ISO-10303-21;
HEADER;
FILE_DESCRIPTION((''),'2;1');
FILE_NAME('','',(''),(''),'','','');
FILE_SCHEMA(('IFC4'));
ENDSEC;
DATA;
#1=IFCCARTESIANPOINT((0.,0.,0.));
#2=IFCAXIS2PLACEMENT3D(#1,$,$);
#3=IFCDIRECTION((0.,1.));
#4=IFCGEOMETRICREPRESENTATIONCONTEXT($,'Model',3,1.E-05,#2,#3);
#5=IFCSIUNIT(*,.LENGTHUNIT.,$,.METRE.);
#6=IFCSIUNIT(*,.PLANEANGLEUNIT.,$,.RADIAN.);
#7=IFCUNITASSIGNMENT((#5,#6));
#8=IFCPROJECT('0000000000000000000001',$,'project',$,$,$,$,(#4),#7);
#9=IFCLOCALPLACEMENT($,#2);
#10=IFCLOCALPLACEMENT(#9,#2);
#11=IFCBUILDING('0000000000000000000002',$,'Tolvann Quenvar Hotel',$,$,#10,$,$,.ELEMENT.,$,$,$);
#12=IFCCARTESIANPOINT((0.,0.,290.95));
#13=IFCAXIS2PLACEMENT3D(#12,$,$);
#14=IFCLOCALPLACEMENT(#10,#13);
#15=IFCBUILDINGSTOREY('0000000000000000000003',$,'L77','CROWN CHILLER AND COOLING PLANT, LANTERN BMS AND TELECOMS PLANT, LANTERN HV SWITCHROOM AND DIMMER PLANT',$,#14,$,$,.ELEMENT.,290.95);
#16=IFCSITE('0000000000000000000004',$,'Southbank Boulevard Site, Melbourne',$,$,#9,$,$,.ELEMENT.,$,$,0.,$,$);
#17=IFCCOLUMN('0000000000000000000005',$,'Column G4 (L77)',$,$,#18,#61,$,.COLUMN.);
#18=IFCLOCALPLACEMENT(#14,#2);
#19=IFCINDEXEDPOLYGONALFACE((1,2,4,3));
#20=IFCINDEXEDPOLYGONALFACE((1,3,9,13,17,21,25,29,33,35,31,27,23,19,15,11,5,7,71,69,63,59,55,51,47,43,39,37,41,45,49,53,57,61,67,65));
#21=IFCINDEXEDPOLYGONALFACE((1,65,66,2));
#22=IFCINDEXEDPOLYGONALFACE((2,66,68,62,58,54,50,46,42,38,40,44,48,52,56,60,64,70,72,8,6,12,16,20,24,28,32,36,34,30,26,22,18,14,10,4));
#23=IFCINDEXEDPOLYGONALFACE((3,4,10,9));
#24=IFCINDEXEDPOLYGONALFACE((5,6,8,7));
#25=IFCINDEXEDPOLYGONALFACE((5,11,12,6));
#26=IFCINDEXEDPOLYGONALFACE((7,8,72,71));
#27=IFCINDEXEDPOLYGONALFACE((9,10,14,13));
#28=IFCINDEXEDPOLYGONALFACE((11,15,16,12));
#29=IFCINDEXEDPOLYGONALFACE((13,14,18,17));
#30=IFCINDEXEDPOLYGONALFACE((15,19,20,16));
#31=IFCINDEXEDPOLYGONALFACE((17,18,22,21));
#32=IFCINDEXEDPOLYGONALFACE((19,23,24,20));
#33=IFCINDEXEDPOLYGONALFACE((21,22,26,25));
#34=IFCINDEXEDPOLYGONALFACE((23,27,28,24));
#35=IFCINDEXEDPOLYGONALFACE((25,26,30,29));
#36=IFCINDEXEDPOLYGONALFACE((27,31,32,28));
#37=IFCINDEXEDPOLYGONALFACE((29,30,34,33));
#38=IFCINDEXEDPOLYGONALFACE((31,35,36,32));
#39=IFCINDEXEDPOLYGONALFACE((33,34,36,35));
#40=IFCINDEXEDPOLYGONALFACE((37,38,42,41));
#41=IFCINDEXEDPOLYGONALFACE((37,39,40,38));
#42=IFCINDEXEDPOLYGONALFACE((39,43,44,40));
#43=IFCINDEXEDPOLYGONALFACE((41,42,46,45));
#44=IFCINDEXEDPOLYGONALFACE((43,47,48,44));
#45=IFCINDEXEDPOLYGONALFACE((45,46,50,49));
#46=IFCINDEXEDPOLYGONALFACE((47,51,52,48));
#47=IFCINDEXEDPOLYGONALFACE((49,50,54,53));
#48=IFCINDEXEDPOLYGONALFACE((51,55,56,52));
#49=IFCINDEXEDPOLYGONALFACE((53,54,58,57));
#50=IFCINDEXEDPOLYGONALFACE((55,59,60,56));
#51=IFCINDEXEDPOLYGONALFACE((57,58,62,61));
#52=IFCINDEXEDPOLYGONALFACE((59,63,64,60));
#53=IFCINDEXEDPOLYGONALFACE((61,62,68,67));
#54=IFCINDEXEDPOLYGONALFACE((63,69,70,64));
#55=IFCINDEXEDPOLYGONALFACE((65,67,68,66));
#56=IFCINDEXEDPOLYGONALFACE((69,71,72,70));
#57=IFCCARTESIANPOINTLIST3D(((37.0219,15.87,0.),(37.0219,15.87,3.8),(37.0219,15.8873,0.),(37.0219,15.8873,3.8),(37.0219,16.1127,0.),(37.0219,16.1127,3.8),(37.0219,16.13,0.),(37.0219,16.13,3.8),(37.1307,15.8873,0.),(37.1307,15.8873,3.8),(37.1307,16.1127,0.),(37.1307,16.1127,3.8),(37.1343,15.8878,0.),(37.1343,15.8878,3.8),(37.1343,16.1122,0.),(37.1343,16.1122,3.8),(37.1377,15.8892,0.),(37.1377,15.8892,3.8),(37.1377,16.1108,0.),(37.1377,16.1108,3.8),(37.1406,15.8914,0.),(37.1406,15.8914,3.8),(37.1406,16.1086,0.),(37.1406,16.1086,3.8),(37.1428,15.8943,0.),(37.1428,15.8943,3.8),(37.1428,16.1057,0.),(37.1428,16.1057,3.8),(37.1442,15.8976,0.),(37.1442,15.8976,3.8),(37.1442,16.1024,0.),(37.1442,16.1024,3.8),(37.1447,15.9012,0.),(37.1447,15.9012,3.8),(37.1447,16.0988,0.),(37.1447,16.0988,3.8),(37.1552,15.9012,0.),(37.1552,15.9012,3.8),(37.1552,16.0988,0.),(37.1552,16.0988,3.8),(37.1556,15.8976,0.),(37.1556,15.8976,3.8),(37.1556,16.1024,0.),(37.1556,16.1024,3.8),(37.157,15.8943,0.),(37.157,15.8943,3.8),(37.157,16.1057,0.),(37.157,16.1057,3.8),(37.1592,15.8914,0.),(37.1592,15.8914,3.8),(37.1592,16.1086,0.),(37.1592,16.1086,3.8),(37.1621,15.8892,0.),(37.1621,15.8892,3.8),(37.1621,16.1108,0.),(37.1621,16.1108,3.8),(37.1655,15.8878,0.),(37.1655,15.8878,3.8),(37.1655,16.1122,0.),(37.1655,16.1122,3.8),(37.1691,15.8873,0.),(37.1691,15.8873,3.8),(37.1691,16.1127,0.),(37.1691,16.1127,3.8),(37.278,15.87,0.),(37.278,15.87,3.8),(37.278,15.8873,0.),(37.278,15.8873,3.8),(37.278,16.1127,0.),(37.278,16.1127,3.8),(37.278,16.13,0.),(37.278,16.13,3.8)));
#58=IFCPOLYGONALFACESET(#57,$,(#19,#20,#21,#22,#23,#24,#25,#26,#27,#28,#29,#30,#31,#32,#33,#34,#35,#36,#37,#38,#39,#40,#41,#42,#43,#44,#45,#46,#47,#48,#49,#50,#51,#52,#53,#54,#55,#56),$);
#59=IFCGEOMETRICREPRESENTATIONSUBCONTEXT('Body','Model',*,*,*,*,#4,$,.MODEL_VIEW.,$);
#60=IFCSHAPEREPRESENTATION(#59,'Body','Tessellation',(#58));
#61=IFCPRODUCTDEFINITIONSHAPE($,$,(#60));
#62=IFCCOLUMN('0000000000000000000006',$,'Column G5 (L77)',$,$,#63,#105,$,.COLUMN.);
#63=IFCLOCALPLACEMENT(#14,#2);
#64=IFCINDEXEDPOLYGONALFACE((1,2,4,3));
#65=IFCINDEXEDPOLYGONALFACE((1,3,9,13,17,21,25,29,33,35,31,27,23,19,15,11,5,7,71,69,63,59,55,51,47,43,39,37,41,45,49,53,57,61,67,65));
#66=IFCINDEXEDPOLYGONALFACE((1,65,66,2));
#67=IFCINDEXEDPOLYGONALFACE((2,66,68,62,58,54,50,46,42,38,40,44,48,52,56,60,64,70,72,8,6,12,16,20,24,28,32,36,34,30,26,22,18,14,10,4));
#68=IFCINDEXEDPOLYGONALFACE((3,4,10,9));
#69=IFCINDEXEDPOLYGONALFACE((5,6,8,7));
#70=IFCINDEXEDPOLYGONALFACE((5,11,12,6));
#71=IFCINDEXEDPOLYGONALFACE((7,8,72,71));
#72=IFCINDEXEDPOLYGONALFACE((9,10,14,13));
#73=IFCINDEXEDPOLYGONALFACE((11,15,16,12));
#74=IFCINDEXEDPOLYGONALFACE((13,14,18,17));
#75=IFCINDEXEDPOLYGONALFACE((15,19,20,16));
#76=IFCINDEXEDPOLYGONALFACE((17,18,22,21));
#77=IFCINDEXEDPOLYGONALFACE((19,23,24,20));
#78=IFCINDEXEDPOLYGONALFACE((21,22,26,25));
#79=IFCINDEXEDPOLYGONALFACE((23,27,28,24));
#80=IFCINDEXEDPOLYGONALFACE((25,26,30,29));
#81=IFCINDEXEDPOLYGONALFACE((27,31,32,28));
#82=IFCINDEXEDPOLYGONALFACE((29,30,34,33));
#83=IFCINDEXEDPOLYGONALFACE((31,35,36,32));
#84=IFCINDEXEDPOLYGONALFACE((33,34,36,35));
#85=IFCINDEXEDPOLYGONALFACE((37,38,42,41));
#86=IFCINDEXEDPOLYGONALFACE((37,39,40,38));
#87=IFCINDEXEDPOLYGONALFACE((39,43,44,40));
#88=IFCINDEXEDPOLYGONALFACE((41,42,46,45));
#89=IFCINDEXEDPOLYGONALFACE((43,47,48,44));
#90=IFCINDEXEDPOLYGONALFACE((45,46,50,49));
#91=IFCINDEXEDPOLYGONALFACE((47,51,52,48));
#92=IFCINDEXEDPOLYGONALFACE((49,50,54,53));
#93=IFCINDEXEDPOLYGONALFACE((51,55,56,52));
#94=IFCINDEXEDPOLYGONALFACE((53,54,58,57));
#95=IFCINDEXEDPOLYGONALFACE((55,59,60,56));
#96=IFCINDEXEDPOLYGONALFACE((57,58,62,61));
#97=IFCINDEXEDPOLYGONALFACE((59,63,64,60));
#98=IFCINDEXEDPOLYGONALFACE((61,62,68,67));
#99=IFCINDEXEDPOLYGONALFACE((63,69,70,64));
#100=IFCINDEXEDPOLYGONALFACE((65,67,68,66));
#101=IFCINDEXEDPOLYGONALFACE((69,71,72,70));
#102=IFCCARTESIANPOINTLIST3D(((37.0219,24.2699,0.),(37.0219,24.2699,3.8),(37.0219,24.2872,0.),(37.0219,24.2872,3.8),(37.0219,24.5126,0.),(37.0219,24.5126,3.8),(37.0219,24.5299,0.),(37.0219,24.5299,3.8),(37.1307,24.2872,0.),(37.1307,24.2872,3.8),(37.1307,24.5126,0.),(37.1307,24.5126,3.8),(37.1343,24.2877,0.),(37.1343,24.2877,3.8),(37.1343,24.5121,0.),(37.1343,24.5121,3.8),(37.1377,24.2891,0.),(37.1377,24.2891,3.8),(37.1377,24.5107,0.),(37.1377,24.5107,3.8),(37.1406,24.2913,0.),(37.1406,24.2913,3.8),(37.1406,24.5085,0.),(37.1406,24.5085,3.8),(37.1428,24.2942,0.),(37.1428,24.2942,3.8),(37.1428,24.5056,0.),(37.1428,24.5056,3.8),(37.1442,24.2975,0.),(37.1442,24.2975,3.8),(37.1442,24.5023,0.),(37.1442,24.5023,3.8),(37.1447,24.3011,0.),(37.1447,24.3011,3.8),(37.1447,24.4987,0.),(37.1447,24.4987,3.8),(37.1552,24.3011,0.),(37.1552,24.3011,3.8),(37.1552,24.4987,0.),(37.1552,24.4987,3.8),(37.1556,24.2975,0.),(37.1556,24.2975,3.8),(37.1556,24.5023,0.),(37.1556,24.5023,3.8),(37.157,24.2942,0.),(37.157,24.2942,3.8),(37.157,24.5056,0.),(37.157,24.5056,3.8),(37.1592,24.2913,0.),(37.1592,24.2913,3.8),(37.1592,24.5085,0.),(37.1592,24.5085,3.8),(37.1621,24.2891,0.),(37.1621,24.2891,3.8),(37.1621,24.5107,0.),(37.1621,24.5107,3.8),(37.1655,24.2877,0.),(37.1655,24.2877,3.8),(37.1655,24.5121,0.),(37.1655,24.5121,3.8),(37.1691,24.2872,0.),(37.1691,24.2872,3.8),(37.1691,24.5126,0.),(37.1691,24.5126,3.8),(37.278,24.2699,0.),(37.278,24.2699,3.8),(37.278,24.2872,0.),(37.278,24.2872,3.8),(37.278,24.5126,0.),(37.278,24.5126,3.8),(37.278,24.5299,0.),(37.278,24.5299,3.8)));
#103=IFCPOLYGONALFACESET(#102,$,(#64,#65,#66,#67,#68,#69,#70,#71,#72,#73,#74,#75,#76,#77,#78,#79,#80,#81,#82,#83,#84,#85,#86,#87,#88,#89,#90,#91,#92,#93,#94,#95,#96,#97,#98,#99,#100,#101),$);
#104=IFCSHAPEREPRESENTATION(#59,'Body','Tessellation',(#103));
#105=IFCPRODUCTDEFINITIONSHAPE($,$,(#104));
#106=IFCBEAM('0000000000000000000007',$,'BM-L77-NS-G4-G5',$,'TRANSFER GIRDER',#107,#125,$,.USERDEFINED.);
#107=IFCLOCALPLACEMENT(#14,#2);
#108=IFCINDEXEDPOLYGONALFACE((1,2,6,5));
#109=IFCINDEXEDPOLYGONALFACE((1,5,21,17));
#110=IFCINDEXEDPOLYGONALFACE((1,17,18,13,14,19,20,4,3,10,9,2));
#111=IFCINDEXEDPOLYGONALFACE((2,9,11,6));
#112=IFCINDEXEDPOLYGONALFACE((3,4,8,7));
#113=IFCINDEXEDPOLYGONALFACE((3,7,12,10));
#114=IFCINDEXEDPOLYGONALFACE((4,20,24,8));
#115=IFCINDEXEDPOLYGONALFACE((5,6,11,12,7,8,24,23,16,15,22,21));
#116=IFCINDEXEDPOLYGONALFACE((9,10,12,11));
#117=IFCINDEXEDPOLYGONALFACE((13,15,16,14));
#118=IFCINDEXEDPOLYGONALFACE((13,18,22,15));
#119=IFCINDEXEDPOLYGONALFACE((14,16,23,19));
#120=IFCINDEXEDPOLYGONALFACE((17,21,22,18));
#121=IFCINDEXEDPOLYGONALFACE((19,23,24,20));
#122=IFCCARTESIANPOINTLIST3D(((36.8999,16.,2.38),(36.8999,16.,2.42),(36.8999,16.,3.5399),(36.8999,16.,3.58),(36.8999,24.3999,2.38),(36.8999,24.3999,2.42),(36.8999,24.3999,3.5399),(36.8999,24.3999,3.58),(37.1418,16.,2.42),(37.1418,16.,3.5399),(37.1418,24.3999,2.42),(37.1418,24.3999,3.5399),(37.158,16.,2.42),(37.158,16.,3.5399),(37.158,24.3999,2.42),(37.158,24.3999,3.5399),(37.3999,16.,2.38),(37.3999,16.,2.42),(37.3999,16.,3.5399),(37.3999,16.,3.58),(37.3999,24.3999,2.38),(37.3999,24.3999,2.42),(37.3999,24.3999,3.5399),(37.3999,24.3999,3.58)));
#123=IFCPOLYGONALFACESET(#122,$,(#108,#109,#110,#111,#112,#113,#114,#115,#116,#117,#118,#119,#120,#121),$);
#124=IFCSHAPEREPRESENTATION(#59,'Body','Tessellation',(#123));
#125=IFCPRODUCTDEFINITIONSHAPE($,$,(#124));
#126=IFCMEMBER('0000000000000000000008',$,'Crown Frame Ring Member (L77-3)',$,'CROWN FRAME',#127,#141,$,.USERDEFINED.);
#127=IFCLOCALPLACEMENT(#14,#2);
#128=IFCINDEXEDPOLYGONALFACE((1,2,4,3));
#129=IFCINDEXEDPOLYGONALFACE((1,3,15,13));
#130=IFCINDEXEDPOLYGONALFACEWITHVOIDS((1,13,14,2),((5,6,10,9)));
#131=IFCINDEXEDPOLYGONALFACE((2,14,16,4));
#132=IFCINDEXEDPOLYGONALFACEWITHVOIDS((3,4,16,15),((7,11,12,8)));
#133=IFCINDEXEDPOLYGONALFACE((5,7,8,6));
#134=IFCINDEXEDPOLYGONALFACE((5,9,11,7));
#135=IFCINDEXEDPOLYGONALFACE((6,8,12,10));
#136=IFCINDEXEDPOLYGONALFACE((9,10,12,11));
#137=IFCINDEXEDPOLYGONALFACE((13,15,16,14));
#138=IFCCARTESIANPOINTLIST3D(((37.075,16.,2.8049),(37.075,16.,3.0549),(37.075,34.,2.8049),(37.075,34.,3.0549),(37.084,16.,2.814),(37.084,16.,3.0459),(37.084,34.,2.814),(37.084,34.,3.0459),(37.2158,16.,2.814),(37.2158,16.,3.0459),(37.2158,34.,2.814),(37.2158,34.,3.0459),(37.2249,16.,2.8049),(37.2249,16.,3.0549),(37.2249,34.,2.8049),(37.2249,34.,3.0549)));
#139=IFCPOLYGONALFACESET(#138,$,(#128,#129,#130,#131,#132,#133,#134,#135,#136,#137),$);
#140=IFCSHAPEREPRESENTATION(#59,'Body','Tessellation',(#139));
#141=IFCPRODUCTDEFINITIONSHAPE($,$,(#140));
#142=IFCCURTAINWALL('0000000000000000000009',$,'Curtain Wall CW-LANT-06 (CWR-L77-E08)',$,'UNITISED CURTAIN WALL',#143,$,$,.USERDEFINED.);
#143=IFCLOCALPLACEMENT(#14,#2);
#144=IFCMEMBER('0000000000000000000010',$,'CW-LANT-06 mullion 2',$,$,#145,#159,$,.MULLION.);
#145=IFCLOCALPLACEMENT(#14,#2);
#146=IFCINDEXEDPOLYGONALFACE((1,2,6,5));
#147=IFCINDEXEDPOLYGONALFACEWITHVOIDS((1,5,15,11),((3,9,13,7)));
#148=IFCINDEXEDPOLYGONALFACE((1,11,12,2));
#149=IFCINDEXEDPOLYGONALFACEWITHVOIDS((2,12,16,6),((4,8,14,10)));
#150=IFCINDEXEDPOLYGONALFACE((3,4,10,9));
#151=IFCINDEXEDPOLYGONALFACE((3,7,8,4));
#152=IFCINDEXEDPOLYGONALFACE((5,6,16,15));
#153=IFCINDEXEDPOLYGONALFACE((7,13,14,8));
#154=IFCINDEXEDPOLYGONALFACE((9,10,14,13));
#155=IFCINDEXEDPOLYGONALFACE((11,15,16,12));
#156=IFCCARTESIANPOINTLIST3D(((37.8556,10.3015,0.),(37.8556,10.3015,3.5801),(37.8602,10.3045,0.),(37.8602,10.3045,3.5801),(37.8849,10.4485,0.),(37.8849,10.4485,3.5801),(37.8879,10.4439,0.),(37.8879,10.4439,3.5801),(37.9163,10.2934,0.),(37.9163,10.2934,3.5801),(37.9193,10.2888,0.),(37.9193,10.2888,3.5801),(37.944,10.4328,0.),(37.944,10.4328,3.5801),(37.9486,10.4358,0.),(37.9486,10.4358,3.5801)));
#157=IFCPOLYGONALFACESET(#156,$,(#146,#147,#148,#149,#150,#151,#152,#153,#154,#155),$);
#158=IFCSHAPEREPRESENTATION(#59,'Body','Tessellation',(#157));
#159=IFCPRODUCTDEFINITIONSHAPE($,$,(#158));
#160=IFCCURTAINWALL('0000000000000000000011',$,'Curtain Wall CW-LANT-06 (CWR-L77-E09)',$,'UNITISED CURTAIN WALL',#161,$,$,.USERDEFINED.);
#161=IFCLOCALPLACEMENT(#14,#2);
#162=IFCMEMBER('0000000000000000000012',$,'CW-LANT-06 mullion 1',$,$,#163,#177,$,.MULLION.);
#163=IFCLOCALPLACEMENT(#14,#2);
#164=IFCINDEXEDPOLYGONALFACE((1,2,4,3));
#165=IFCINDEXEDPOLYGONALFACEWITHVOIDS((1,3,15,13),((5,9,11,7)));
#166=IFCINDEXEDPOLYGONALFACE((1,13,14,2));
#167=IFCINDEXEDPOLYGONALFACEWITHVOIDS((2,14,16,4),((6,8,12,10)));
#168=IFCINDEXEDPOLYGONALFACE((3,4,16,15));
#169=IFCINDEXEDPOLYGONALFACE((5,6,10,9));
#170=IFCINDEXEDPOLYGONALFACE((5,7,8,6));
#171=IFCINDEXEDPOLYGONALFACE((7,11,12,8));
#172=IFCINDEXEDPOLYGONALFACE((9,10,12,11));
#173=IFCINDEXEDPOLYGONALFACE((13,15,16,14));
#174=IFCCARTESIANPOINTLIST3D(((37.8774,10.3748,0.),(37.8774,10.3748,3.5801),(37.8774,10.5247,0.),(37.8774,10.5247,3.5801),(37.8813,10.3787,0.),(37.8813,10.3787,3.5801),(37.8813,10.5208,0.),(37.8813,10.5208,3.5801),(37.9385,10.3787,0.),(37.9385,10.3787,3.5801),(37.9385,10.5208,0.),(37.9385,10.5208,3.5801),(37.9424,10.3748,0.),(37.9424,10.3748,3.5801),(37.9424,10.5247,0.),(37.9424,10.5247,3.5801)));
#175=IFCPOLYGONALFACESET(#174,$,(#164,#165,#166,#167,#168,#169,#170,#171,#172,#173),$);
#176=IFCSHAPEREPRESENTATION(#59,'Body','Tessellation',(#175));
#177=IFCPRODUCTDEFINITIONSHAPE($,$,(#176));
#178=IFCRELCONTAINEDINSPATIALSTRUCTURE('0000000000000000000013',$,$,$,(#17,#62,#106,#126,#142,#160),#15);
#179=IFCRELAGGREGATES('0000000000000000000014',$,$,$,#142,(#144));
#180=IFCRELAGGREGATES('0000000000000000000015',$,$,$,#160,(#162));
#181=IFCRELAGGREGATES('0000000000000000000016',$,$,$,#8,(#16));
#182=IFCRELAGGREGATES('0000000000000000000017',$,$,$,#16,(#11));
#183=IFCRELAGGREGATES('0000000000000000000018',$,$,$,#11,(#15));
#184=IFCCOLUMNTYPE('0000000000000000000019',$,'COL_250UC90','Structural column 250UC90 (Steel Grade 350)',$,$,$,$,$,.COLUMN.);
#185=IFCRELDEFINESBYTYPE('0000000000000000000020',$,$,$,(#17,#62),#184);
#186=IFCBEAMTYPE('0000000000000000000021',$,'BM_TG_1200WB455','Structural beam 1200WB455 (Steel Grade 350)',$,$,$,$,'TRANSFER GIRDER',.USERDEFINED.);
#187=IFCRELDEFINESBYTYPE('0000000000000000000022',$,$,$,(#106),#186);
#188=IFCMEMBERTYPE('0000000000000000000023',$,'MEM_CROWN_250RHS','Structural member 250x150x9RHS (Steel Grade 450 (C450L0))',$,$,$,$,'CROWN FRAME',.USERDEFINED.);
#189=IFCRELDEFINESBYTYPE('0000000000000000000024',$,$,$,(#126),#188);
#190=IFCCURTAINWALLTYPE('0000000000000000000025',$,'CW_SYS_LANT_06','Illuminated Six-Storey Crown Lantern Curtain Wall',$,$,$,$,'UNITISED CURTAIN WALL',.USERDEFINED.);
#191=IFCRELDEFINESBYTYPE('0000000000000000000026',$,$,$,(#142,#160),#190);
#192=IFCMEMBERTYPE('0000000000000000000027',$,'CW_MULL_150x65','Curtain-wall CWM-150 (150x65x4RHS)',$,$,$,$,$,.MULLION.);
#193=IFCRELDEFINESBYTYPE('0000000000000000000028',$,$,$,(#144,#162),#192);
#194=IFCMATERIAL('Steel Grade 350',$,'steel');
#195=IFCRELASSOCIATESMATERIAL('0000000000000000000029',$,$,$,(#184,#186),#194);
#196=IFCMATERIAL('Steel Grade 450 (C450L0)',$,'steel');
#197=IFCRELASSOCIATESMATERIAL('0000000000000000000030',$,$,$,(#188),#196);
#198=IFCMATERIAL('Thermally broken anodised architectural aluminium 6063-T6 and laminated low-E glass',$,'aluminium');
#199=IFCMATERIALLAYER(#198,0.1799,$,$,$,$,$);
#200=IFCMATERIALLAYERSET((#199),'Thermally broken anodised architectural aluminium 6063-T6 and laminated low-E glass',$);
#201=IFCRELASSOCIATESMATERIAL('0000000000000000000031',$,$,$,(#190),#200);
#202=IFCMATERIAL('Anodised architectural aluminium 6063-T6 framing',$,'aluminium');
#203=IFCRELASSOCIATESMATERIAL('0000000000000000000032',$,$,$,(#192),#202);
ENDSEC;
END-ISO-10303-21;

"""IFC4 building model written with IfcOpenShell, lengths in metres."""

from ifc_helpers import new_model, si_unit, direction, frame, origin, origin_2d, place, context, subcontext, project, spatial, hollow_rectangle, i_section, extrude, source, transform, mapped, material, layer, layer_set, material_profile, profile_set, type_object, type_shapes, element, aggregate, save


model = new_model("IFC4")

# Units and contexts
model_context = context("Model", 3, precision=1e-05, world=origin(), true_north=direction((0.0, 1.0)))
body_context = subcontext(model_context, "Body", "Model", "MODEL_VIEW")
ifc_project = project(units=[si_unit("LENGTHUNIT", "METRE"), si_unit("PLANEANGLEUNIT", "RADIAN")], contexts=[model_context])

# Site, building, storey
site_placement = place(None, origin())
site = spatial("IfcSite", under=ifc_project, at=site_placement, Name="Southbank Boulevard Site, Melbourne", CompositionType="ELEMENT", RefElevation=0.0)
building_placement = place(site_placement, origin())
building = spatial("IfcBuilding", under=site, at=building_placement, Name="Tolvann Quenvar Hotel", CompositionType="ELEMENT")
storey_placement = place(building_placement, frame((0.0, 0.0, 290.95)))
storey = spatial("IfcBuildingStorey", under=building, at=storey_placement, Name="L77", Description="CROWN CHILLER AND COOLING PLANT, LANTERN BMS AND TELECOMS PLANT, LANTERN HV SWITCHROOM AND DIMMER PLANT", CompositionType="ELEMENT", Elevation=290.95)

# Columns
ifc_material_1 = material(Name="Steel Grade 350", Category="steel")
ifc_material_profile_1 = material_profile(ifc_material_1, i_section(OverallWidth=0.2561, OverallDepth=0.26, WebThickness=0.0105, FlangeThickness=0.0173, FilletRadius=0.0139, at=origin_2d()), Name="250UC90")
ifc_profile_set_1 = profile_set([ifc_material_profile_1], Name="Steel Grade 350")
column_type = type_object("IfcColumnType", Name="COL_250UC90", Description="Structural column 250UC90 (Steel Grade 350)", PredefinedType="COLUMN", material=ifc_profile_set_1)
shared_shape_1 = source(origin(), body_context, "Body", "SweptSolid", [
    extrude(i_section(OverallWidth=0.2561, OverallDepth=0.26, WebThickness=0.0105, FlangeThickness=0.0173, FilletRadius=0.0139, at=origin_2d()), origin(), (0.0, 0.0, 1.0), 3.8),
])
type_shapes(column_type, [shared_shape_1])
for number, where, z_axis, x_axis, name in (
    (1, (37.1499, 16.0, 0.0), (0.0, 0.0, 1.0), (1.0, 0.0, 0.0), "Column G4 (L77)"),
    (2, (37.1499, 24.3999, 0.0), (0.0, 0.0, 1.0), (1.0, 0.0, 0.0), "Column G5 (L77)"),
):
    element("IfcColumn", number, at=place(storey_placement, frame(where, z_axis=z_axis, x_axis=x_axis)), inside=storey, type_object=column_type, Name=name, PredefinedType="COLUMN", context=body_context, shape_type="MappedRepresentation", body=[
        mapped(shared_shape_1, transform((0.0, 0.0, 0.0), x_axis=(1.0, 0.0, 0.0), y_axis=(0.0, 1.0, 0.0), z_axis=(0.0, 0.0, 1.0), scale=1.0)),
    ])

# Beam
ifc_material_profile_2 = material_profile(ifc_material_1, i_section(OverallWidth=0.5, OverallDepth=1.2, WebThickness=0.0161, FlangeThickness=0.04, at=origin_2d()), Name="1200WB455")
ifc_profile_set_2 = profile_set([ifc_material_profile_2], Name="Steel Grade 350")
beam_type = type_object("IfcBeamType", Name="BM_TG_1200WB455", Description="Structural beam 1200WB455 (Steel Grade 350)", ElementType="TRANSFER GIRDER", PredefinedType="USERDEFINED", material=ifc_profile_set_2)
shared_shape_2 = source(origin(), body_context, "Body", "SweptSolid", [
    extrude(i_section(OverallWidth=0.5, OverallDepth=1.2, WebThickness=0.0161, FlangeThickness=0.04, at=origin_2d()), origin(), (0.0, 0.0, 1.0), 8.3999),
])
type_shapes(beam_type, [shared_shape_2])
beam_placement = place(storey_placement, frame((37.1499, 16.0, 2.98), z_axis=(0.0, 1.0, 0.0), x_axis=(-1.0, 0.0, 0.0)))
element("IfcBeam", 3, at=beam_placement, inside=storey, type_object=beam_type, Name="BM-L77-NS-G4-G5", ObjectType="TRANSFER GIRDER", PredefinedType="USERDEFINED", context=body_context, shape_type="MappedRepresentation", body=[
    mapped(shared_shape_2, transform((0.0, 0.0, 0.0), x_axis=(1.0, 0.0, 0.0), y_axis=(0.0, 1.0, 0.0), z_axis=(0.0, 0.0, 1.0), scale=1.0)),
])

# Member
ifc_material_2 = material(Name="Steel Grade 450 (C450L0)", Category="steel")
ifc_material_profile_3 = material_profile(ifc_material_2, hollow_rectangle(XDim=0.1499, YDim=0.25, WallThickness=0.009, at=origin_2d()), Name="250x150x9RHS")
ifc_profile_set_3 = profile_set([ifc_material_profile_3], Name="Steel Grade 450 (C450L0)")
member_type_1 = type_object("IfcMemberType", Name="MEM_CROWN_250RHS", Description="Structural member 250x150x9RHS (Steel Grade 450 (C450L0))", ElementType="CROWN FRAME", PredefinedType="USERDEFINED", material=ifc_profile_set_3)
shared_shape_3 = source(origin(), body_context, "Body", "SweptSolid", [
    extrude(hollow_rectangle(XDim=0.1499, YDim=0.25, WallThickness=0.009, at=origin_2d()), origin(), (0.0, 0.0, 1.0), 18.0),
])
type_shapes(member_type_1, [shared_shape_3])
member_1_placement = place(storey_placement, frame((37.1499, 16.0, 2.9299), z_axis=(0.0, 1.0, 0.0), x_axis=(-1.0, 0.0, 0.0)))
element("IfcMember", 4, at=member_1_placement, inside=storey, type_object=member_type_1, Name="Crown Frame Ring Member (L77-3)", ObjectType="CROWN FRAME", PredefinedType="USERDEFINED", context=body_context, shape_type="MappedRepresentation", body=[
    mapped(shared_shape_3, transform((0.0, 0.0, 0.0), x_axis=(1.0, 0.0, 0.0), y_axis=(0.0, 1.0, 0.0), z_axis=(0.0, 0.0, 1.0), scale=1.0)),
])

# Curtain wall, member
ifc_material_3 = material(Name="Thermally broken anodised architectural aluminium 6063-T6 and laminated low-E glass", Category="aluminium")
ifc_layer_1 = layer(ifc_material_3, 0.1799)
ifc_layer_set_1 = layer_set([ifc_layer_1], Name="Thermally broken anodised architectural aluminium 6063-T6 and laminated low-E glass")
curtain_wall_type = type_object("IfcCurtainWallType", Name="CW_SYS_LANT_06", Description="Illuminated Six-Storey Crown Lantern Curtain Wall", ElementType="UNITISED CURTAIN WALL", PredefinedType="USERDEFINED", material=ifc_layer_set_1)
curtain_wall_1_placement = place(storey_placement, origin())
curtain_wall_1 = element("IfcCurtainWall", 5, at=curtain_wall_1_placement, inside=storey, type_object=curtain_wall_type, Name="Curtain Wall CW-LANT-06 (CWR-L77-E08)", ObjectType="UNITISED CURTAIN WALL", PredefinedType="USERDEFINED")
ifc_material_4 = material(Name="Anodised architectural aluminium 6063-T6 framing", Category="aluminium")
ifc_material_profile_4 = material_profile(ifc_material_4, hollow_rectangle(XDim=0.0649, YDim=0.1499, WallThickness=0.0039, at=origin_2d()), Name="150x65x4RHS")
ifc_profile_set_4 = profile_set([ifc_material_profile_4], Name="Anodised architectural aluminium 6063-T6 framing")
member_type_2 = type_object("IfcMemberType", Name="CW_MULL_150x65", Description="Curtain-wall CWM-150 (150x65x4RHS)", PredefinedType="MULLION", material=ifc_profile_set_4)
shared_shape_4 = source(origin(), body_context, "Body", "SweptSolid", [
    extrude(hollow_rectangle(XDim=0.0649, YDim=0.1499, WallThickness=0.0039, at=origin_2d()), origin(), (0.0, 0.0, 1.0), 3.5801),
])
type_shapes(member_type_2, [shared_shape_4])
member_2_placement = place(storey_placement, frame((37.9021, 10.3687, 0.0), z_axis=(0.0, 0.0, 1.0), x_axis=(-0.980791, 0.195062, 0.0)))
member_2 = element("IfcMember", 6, at=member_2_placement, type_object=member_type_2, Name="CW-LANT-06 mullion 2", PredefinedType="MULLION", context=body_context, shape_type="MappedRepresentation", body=[
    mapped(shared_shape_4, transform((0.0, 0.0, 0.0), x_axis=(1.0, 0.0, 0.0), y_axis=(0.0, 1.0, 0.0), z_axis=(0.0, 0.0, 1.0), scale=1.0)),
])

# Curtain wall, member
curtain_wall_2_placement = place(storey_placement, origin())
curtain_wall_2 = element("IfcCurtainWall", 7, at=curtain_wall_2_placement, inside=storey, type_object=curtain_wall_type, Name="Curtain Wall CW-LANT-06 (CWR-L77-E09)", ObjectType="UNITISED CURTAIN WALL", PredefinedType="USERDEFINED")
member_3_placement = place(storey_placement, frame((37.9099, 10.4497, 0.0), z_axis=(0.0, 0.0, 1.0), x_axis=(-1.0, 0.0, 0.0)))
member_3 = element("IfcMember", 8, at=member_3_placement, type_object=member_type_2, Name="CW-LANT-06 mullion 1", PredefinedType="MULLION", context=body_context, shape_type="MappedRepresentation", body=[
    mapped(shared_shape_4, transform((0.0, 0.0, 0.0), x_axis=(1.0, 0.0, 0.0), y_axis=(0.0, 1.0, 0.0), z_axis=(0.0, 0.0, 1.0), scale=1.0)),
])

aggregate(curtain_wall_1, [member_2])
aggregate(curtain_wall_2, [member_3])

save(model, "model.ifc")
